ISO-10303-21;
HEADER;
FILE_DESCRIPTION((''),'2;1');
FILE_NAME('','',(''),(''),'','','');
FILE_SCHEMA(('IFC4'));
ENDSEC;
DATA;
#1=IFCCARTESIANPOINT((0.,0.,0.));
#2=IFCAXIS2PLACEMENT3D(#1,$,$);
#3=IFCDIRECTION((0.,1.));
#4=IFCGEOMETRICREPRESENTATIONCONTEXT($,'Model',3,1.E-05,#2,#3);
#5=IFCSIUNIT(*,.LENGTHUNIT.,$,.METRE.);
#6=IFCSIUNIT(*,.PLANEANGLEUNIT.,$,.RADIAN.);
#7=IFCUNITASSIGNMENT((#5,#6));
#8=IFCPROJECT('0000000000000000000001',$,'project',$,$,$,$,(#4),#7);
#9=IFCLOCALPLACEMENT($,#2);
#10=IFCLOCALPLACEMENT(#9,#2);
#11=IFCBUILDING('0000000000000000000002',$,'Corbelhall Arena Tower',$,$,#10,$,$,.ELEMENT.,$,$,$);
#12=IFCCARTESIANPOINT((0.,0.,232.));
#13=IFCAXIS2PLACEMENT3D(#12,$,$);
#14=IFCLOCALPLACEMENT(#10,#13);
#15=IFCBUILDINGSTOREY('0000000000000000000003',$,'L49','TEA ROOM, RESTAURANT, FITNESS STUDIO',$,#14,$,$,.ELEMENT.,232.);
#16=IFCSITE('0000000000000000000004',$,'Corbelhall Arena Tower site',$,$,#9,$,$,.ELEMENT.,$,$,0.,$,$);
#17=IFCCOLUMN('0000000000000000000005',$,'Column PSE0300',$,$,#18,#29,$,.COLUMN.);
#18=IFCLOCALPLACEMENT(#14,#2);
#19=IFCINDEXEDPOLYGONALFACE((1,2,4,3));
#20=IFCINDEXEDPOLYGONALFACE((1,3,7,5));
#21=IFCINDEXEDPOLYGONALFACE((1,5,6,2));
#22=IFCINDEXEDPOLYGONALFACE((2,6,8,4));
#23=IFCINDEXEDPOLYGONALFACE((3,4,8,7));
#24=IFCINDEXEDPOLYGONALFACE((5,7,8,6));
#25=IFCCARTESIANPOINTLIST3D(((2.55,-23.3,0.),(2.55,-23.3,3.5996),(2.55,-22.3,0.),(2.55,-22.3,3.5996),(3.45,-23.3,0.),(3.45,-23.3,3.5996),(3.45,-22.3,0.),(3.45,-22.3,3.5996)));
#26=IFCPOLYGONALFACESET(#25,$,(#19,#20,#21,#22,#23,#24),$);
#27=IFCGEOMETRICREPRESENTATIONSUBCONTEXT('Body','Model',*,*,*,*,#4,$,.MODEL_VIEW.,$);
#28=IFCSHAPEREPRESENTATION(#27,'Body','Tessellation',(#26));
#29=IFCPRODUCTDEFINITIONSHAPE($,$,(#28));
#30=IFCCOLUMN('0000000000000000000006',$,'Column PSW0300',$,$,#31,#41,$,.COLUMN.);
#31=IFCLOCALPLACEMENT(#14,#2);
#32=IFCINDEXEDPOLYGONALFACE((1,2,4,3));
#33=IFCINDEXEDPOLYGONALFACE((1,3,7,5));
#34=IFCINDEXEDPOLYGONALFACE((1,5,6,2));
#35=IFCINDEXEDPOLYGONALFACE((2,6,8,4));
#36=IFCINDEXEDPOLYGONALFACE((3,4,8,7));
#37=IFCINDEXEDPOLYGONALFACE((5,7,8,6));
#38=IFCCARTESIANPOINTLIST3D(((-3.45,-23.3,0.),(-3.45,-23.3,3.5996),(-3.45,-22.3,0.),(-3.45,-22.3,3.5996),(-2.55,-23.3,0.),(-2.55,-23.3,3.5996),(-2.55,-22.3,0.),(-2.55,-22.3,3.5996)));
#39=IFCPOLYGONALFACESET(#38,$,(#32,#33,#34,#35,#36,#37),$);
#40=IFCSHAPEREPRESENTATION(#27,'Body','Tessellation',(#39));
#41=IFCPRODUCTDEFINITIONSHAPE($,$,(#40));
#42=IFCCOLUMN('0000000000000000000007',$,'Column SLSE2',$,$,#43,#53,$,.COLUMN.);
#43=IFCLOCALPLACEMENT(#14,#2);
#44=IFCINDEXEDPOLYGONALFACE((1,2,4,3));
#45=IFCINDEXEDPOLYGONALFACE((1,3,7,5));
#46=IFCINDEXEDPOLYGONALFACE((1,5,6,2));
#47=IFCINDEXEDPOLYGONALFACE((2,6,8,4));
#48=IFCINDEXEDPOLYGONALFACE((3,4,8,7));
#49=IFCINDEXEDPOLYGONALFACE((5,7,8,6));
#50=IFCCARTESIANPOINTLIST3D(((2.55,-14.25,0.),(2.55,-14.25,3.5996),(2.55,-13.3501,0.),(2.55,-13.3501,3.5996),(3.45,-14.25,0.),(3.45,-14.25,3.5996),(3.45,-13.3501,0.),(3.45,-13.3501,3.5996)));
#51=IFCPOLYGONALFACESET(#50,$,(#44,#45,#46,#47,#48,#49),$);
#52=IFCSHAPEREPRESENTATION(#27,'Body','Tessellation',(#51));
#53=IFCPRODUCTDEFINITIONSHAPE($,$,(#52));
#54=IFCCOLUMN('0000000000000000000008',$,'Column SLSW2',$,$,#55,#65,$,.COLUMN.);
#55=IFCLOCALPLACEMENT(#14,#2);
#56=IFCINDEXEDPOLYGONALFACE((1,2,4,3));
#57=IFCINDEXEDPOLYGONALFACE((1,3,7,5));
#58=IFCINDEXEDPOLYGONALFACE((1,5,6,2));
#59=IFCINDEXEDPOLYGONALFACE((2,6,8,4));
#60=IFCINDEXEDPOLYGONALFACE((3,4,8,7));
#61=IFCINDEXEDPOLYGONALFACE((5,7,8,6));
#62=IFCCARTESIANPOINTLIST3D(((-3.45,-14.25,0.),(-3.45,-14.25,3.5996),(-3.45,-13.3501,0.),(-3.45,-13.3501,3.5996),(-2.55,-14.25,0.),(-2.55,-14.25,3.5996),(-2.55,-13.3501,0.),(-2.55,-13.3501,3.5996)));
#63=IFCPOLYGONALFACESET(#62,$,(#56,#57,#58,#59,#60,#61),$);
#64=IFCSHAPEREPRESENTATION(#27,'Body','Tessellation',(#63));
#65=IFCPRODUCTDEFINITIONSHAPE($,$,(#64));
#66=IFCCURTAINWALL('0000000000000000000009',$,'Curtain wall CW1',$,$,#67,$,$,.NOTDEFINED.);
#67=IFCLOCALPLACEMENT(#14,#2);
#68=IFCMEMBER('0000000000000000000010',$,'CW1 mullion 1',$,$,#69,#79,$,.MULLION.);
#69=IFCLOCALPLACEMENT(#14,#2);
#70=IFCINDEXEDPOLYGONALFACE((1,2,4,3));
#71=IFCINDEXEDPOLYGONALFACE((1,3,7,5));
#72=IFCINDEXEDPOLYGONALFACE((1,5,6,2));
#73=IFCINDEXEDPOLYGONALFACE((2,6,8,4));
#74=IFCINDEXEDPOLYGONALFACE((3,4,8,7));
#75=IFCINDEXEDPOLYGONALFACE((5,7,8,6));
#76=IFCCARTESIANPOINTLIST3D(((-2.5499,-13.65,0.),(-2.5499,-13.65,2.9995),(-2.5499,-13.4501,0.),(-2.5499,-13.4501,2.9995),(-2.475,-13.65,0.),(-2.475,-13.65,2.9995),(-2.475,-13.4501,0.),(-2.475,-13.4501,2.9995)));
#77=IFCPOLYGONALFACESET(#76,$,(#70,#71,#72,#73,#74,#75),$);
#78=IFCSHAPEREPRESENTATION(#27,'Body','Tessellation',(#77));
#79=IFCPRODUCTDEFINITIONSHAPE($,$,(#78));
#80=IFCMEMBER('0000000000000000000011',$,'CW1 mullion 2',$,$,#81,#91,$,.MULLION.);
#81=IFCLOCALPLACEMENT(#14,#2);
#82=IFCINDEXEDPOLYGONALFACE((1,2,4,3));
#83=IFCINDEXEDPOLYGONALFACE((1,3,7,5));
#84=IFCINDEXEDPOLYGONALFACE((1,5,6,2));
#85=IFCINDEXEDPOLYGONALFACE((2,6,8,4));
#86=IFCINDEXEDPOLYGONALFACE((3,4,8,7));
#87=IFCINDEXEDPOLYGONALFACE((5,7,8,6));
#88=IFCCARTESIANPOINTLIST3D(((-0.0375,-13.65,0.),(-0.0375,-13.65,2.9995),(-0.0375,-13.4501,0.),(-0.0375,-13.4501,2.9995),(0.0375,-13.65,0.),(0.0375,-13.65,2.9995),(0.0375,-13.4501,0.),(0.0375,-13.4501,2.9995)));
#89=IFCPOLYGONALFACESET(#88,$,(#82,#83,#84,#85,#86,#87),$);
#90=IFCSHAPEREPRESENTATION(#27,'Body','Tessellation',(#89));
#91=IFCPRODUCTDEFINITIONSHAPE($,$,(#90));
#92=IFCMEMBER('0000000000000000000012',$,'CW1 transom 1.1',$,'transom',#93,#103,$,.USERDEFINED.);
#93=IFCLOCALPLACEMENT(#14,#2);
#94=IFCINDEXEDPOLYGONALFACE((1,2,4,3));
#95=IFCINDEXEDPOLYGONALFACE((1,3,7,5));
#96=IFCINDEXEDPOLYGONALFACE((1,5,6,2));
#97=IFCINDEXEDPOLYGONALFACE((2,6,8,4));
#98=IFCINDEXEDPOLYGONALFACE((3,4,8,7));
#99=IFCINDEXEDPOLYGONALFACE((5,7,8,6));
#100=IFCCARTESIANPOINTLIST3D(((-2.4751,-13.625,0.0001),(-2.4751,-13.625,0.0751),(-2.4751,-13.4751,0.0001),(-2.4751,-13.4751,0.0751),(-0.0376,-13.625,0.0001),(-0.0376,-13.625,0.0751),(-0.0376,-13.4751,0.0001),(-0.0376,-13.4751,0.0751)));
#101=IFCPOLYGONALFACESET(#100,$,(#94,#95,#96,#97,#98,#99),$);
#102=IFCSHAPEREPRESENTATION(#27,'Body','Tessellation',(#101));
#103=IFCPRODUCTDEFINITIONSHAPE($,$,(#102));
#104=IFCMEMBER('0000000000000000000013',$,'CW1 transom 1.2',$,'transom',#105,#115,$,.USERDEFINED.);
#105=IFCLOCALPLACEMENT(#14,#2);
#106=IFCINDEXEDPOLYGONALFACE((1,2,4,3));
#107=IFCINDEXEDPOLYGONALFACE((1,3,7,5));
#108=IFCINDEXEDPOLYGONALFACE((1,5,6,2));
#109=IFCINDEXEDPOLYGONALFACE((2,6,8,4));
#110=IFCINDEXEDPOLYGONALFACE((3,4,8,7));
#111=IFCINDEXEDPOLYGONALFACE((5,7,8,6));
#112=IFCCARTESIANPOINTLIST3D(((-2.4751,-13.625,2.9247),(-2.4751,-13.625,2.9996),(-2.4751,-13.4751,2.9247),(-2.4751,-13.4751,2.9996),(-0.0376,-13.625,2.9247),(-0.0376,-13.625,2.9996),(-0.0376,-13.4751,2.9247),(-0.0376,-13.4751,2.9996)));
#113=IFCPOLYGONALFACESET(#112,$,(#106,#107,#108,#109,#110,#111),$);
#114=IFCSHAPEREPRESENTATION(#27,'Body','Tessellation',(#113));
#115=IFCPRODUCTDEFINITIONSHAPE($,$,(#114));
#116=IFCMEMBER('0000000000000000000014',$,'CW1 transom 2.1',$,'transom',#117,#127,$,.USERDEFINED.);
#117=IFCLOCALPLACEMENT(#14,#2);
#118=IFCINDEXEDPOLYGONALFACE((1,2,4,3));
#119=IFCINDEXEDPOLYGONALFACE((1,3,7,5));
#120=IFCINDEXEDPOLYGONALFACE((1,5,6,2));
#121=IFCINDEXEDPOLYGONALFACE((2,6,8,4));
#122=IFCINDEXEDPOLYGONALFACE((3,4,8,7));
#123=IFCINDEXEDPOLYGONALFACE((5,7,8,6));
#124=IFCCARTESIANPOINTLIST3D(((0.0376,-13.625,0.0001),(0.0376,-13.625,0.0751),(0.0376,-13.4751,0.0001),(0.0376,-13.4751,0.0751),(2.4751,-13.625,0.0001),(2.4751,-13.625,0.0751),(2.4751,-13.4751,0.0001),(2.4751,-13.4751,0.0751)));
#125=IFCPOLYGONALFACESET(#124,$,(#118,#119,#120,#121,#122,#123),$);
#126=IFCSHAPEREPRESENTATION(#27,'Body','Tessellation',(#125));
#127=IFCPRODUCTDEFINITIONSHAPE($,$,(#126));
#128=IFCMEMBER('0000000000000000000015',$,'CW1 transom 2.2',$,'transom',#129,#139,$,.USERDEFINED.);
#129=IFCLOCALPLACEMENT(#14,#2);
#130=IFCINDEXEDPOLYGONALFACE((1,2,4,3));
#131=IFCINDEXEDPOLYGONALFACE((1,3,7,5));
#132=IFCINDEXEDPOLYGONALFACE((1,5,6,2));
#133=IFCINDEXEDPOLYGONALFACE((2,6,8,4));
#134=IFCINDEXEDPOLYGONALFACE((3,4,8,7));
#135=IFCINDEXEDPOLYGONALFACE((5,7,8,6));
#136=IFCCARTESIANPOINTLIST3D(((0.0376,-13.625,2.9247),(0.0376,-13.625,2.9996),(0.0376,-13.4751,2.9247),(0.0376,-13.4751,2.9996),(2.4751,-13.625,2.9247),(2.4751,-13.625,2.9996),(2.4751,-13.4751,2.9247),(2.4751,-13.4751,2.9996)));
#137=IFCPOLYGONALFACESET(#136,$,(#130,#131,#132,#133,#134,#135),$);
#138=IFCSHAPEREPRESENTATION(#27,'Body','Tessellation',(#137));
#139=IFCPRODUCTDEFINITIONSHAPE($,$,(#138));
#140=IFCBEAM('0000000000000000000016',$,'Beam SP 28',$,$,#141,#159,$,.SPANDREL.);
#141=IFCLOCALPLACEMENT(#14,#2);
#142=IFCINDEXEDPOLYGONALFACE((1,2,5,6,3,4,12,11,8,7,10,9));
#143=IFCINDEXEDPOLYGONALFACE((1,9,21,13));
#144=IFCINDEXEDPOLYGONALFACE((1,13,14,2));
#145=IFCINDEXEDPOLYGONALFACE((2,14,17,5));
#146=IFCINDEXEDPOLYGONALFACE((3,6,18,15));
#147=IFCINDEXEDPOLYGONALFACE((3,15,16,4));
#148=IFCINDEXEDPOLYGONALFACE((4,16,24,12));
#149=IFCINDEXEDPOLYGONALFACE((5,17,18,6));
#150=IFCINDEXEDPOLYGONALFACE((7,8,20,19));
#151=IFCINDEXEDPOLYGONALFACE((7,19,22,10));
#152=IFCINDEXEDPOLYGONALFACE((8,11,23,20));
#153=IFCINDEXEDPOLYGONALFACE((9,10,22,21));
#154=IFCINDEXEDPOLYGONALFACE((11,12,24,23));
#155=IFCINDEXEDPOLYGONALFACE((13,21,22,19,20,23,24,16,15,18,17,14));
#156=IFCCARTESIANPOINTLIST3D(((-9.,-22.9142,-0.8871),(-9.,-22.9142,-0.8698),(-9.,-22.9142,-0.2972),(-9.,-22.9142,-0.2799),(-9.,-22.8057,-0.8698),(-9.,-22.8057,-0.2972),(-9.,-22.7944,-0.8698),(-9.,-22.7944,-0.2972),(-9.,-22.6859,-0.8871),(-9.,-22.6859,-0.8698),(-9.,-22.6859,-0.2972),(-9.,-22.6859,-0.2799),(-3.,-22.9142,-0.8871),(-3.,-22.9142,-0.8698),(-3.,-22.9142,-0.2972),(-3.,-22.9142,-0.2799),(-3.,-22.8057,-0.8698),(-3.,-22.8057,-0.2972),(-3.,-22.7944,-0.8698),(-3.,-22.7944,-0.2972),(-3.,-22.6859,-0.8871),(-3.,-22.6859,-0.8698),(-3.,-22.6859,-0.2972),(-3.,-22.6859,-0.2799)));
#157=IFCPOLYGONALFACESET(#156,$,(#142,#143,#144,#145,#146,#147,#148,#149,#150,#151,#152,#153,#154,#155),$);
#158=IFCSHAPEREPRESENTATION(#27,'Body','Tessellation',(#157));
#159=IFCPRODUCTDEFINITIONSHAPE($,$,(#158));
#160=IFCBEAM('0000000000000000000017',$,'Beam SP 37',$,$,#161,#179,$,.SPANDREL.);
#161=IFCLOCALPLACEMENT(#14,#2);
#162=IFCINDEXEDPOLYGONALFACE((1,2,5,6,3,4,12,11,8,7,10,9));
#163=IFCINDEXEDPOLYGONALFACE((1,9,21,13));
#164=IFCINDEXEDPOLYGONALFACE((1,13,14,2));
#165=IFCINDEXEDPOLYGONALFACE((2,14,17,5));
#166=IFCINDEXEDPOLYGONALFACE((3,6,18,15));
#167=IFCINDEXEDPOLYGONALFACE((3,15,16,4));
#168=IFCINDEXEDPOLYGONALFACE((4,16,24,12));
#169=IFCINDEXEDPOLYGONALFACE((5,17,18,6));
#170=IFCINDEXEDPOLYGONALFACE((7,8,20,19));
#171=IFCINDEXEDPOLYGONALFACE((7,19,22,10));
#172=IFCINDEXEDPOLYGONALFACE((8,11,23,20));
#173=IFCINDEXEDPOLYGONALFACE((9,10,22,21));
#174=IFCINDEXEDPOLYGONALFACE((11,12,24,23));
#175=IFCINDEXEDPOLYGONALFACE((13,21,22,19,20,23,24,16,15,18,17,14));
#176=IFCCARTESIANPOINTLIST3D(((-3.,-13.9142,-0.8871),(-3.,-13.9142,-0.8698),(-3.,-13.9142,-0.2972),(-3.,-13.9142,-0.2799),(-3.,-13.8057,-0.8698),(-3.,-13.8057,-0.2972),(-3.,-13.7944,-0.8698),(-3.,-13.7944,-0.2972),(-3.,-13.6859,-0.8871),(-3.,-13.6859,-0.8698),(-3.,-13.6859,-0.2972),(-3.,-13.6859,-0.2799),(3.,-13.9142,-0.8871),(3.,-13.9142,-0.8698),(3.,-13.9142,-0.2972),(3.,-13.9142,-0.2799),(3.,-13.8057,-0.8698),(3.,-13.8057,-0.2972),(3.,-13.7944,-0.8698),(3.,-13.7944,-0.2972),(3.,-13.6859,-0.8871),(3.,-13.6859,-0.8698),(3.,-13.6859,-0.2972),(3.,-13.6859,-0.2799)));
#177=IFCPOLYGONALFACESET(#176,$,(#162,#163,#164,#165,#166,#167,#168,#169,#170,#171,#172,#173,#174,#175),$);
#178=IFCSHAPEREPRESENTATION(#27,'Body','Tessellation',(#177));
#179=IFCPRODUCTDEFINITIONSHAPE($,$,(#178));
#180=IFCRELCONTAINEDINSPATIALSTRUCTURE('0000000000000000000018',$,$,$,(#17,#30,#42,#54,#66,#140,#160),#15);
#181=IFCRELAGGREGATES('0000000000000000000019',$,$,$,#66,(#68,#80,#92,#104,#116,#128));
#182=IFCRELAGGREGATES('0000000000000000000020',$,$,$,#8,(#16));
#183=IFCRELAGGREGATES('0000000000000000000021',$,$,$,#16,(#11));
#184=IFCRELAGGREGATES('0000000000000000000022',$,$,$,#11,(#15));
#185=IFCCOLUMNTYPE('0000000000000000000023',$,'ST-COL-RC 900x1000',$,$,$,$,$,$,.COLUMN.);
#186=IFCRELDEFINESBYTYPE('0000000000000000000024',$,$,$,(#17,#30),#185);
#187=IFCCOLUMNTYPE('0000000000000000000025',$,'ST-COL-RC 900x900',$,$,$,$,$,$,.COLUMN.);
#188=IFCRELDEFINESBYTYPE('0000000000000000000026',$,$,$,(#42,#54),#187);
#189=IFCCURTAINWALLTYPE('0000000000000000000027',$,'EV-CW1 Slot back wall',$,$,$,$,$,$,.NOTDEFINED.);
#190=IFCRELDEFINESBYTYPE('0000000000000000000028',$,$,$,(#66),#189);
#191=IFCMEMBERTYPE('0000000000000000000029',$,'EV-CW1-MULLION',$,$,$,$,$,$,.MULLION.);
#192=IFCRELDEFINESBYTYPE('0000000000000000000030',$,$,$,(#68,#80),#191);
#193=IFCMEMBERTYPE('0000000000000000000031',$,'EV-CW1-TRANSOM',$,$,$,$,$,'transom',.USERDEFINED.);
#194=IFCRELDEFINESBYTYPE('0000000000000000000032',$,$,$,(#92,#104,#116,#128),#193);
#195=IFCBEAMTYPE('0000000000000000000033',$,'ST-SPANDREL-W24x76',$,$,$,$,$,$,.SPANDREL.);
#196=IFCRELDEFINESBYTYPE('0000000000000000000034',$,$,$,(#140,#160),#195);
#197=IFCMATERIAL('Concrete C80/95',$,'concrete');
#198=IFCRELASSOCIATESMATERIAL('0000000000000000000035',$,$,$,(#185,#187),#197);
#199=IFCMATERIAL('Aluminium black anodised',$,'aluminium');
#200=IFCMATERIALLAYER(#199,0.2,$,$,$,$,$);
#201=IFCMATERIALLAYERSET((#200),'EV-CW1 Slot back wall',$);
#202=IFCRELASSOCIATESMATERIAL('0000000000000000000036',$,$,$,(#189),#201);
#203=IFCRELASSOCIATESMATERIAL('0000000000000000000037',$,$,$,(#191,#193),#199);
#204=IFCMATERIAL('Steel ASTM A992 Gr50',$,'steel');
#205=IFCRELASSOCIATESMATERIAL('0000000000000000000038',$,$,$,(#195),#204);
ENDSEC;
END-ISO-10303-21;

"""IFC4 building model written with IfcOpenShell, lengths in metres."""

from ifc_helpers import new_model, si_unit, direction, frame, origin, origin_2d, place, context, subcontext, project, spatial, rectangle, i_section, extrude, material, layer, layer_set, material_profile, profile_set, type_object, element, aggregate, save


model = new_model("IFC4")

# Units and contexts
model_context = context("Model", 3, precision=1e-05, world=origin(), true_north=direction((0.0, 1.0)))
body_context = subcontext(model_context, "Body", "Model", "MODEL_VIEW")
ifc_project = project(units=[si_unit("LENGTHUNIT", "METRE"), si_unit("PLANEANGLEUNIT", "RADIAN")], contexts=[model_context])

# Site, building, storey
site_placement = place(None, origin())
site = spatial("IfcSite", under=ifc_project, at=site_placement, Name="Corbelhall Arena Tower site", CompositionType="ELEMENT", RefElevation=0.0)
building_placement = place(site_placement, origin())
building = spatial("IfcBuilding", under=site, at=building_placement, Name="Corbelhall Arena Tower", CompositionType="ELEMENT")
storey_placement = place(building_placement, frame((0.0, 0.0, 232.0)))
storey = spatial("IfcBuildingStorey", under=building, at=storey_placement, Name="L49", Description="TEA ROOM, RESTAURANT, FITNESS STUDIO", CompositionType="ELEMENT", Elevation=232.0)

# Columns
ifc_material_1 = material(Name="Concrete C80/95", Category="concrete")
ifc_material_profile_1 = material_profile(ifc_material_1, rectangle(XDim=0.8999, YDim=1.0, at=origin_2d()))
ifc_profile_set_1 = profile_set([ifc_material_profile_1], Name="Concrete C80/95")
column_type_1 = type_object("IfcColumnType", Name="ST-COL-RC 900x1000", PredefinedType="COLUMN", material=ifc_profile_set_1)
for number, where, z_axis, x_axis, name in (
    (1, (3.0, -22.8, 0.0), (0.0, 0.0, 1.0), (1.0, 0.0, 0.0), "Column PSE0300"),
    (2, (-3.0, -22.8, 0.0), (0.0, 0.0, 1.0), (1.0, 0.0, 0.0), "Column PSW0300"),
):
    element("IfcColumn", number, at=place(storey_placement, frame(where, z_axis=z_axis, x_axis=x_axis)), inside=storey, type_object=column_type_1, Name=name, PredefinedType="COLUMN", context=body_context, shape_type="SweptSolid", body=[
        extrude(rectangle(XDim=0.8999, YDim=1.0, at=origin_2d()), origin(), (0.0, 0.0, 1.0), 3.5996),
    ])
ifc_material_profile_2 = material_profile(ifc_material_1, rectangle(XDim=0.8999, YDim=0.8999, at=origin_2d()))
ifc_profile_set_2 = profile_set([ifc_material_profile_2], Name="Concrete C80/95")
column_type_2 = type_object("IfcColumnType", Name="ST-COL-RC 900x900", PredefinedType="COLUMN", material=ifc_profile_set_2)
for number, where, z_axis, x_axis, name in (
    (3, (3.0, -13.8, 0.0), (0.0, 0.0, 1.0), (1.0, 0.0, 0.0), "Column SLSE2"),
    (4, (-3.0, -13.8, 0.0), (0.0, 0.0, 1.0), (1.0, 0.0, 0.0), "Column SLSW2"),
):
    element("IfcColumn", number, at=place(storey_placement, frame(where, z_axis=z_axis, x_axis=x_axis)), inside=storey, type_object=column_type_2, Name=name, PredefinedType="COLUMN", context=body_context, shape_type="SweptSolid", body=[
        extrude(rectangle(XDim=0.8999, YDim=0.8999, at=origin_2d()), origin(), (0.0, 0.0, 1.0), 3.5996),
    ])

# Curtain wall, members
ifc_material_2 = material(Name="Aluminium black anodised", Category="aluminium")
ifc_layer_1 = layer(ifc_material_2, 0.2)
ifc_layer_set_1 = layer_set([ifc_layer_1], Name="EV-CW1 Slot back wall")
curtain_wall_type = type_object("IfcCurtainWallType", Name="EV-CW1 Slot back wall", PredefinedType="NOTDEFINED", material=ifc_layer_set_1)
curtain_wall_placement = place(storey_placement, origin())
curtain_wall = element("IfcCurtainWall", 5, at=curtain_wall_placement, inside=storey, type_object=curtain_wall_type, Name="Curtain wall CW1", PredefinedType="NOTDEFINED")
ifc_material_profile_3 = material_profile(ifc_material_2, rectangle(XDim=0.2, YDim=0.075, at=origin_2d()))
ifc_profile_set_3 = profile_set([ifc_material_profile_3], Name="Aluminium black anodised")
member_type_1 = type_object("IfcMemberType", Name="EV-CW1-MULLION", PredefinedType="MULLION", material=ifc_profile_set_3)
member_1_placement = place(storey_placement, frame((-2.5125, -13.55, 0.0), z_axis=(0.0, 0.0, 1.0), x_axis=(0.0, 1.0, 0.0)))
member_1 = element("IfcMember", 6, at=member_1_placement, type_object=member_type_1, Name="CW1 mullion 1", PredefinedType="MULLION", context=body_context, shape_type="SweptSolid", body=[
    extrude(rectangle(XDim=0.2, YDim=0.075, at=origin_2d()), origin(), (0.0, 0.0, 1.0), 2.9995),
])
member_2_placement = place(storey_placement, frame((0.0, -13.55, 0.0), z_axis=(0.0, 0.0, 1.0), x_axis=(0.0, 1.0, 0.0)))
member_2 = element("IfcMember", 7, at=member_2_placement, type_object=member_type_1, Name="CW1 mullion 2", PredefinedType="MULLION", context=body_context, shape_type="SweptSolid", body=[
    extrude(rectangle(XDim=0.2, YDim=0.075, at=origin_2d()), origin(), (0.0, 0.0, 1.0), 2.9995),
])
ifc_material_profile_4 = material_profile(ifc_material_2, rectangle(XDim=0.1499, YDim=0.075, at=origin_2d()))
ifc_profile_set_4 = profile_set([ifc_material_profile_4], Name="Aluminium black anodised")
member_type_2 = type_object("IfcMemberType", Name="EV-CW1-TRANSOM", ElementType="transom", PredefinedType="USERDEFINED", material=ifc_profile_set_4)
member_3_placement = place(storey_placement, frame((-2.4751, -13.55, 0.0376), z_axis=(1.0, 0.0, 0.0), x_axis=(0.0, 1.0, 0.0)))
member_3 = element("IfcMember", 8, at=member_3_placement, type_object=member_type_2, Name="CW1 transom 1.1", ObjectType="transom", PredefinedType="USERDEFINED", context=body_context, shape_type="SweptSolid", body=[
    extrude(rectangle(XDim=0.1499, YDim=0.075, at=origin_2d()), origin(), (0.0, 0.0, 1.0), 2.4375),
])
member_4_placement = place(storey_placement, frame((-2.4751, -13.55, 2.9622), z_axis=(1.0, 0.0, 0.0), x_axis=(0.0, 1.0, 0.0)))
member_4 = element("IfcMember", 9, at=member_4_placement, type_object=member_type_2, Name="CW1 transom 1.2", ObjectType="transom", PredefinedType="USERDEFINED", context=body_context, shape_type="SweptSolid", body=[
    extrude(rectangle(XDim=0.1499, YDim=0.075, at=origin_2d()), origin(), (0.0, 0.0, 1.0), 2.4375),
])
member_5_placement = place(storey_placement, frame((0.0376, -13.55, 0.0376), z_axis=(1.0, 0.0, 0.0), x_axis=(0.0, 1.0, 0.0)))
member_5 = element("IfcMember", 10, at=member_5_placement, type_object=member_type_2, Name="CW1 transom 2.1", ObjectType="transom", PredefinedType="USERDEFINED", context=body_context, shape_type="SweptSolid", body=[
    extrude(rectangle(XDim=0.1499, YDim=0.075, at=origin_2d()), origin(), (0.0, 0.0, 1.0), 2.4375),
])
member_6_placement = place(storey_placement, frame((0.0376, -13.55, 2.9622), z_axis=(1.0, 0.0, 0.0), x_axis=(0.0, 1.0, 0.0)))
member_6 = element("IfcMember", 11, at=member_6_placement, type_object=member_type_2, Name="CW1 transom 2.2", ObjectType="transom", PredefinedType="USERDEFINED", context=body_context, shape_type="SweptSolid", body=[
    extrude(rectangle(XDim=0.1499, YDim=0.075, at=origin_2d()), origin(), (0.0, 0.0, 1.0), 2.4375),
])

# Beams
ifc_material_3 = material(Name="Steel ASTM A992 Gr50", Category="steel")
ifc_material_profile_5 = material_profile(ifc_material_3, i_section(OverallWidth=0.2283, OverallDepth=0.6072, WebThickness=0.0112, FlangeThickness=0.0173, at=origin_2d()))
ifc_profile_set_5 = profile_set([ifc_material_profile_5], Name="Steel ASTM A992 Gr50")
beam_type_1 = type_object("IfcBeamType", Name="ST-SPANDREL-W24x76", PredefinedType="SPANDREL", material=ifc_profile_set_5)
for number, where, z_axis, x_axis, name in (
    (12, (-3.0, -22.8, -0.5835), (-1.0, 0.0, 0.0), (0.0, -1.0, 0.0), "Beam SP 28"),
    (13, (3.0, -13.8, -0.5835), (-1.0, 0.0, 0.0), (0.0, -1.0, 0.0), "Beam SP 37"),
):
    element("IfcBeam", number, at=place(storey_placement, frame(where, z_axis=z_axis, x_axis=x_axis)), inside=storey, type_object=beam_type_1, Name=name, PredefinedType="SPANDREL", context=body_context, shape_type="SweptSolid", body=[
        extrude(i_section(OverallWidth=0.2283, OverallDepth=0.6072, WebThickness=0.0112, FlangeThickness=0.0173, at=origin_2d()), origin(), (0.0, 0.0, 1.0), 6.0),
    ])

aggregate(curtain_wall, [member_1, member_2, member_3, member_4, member_5, member_6])

save(model, "model.ifc")
